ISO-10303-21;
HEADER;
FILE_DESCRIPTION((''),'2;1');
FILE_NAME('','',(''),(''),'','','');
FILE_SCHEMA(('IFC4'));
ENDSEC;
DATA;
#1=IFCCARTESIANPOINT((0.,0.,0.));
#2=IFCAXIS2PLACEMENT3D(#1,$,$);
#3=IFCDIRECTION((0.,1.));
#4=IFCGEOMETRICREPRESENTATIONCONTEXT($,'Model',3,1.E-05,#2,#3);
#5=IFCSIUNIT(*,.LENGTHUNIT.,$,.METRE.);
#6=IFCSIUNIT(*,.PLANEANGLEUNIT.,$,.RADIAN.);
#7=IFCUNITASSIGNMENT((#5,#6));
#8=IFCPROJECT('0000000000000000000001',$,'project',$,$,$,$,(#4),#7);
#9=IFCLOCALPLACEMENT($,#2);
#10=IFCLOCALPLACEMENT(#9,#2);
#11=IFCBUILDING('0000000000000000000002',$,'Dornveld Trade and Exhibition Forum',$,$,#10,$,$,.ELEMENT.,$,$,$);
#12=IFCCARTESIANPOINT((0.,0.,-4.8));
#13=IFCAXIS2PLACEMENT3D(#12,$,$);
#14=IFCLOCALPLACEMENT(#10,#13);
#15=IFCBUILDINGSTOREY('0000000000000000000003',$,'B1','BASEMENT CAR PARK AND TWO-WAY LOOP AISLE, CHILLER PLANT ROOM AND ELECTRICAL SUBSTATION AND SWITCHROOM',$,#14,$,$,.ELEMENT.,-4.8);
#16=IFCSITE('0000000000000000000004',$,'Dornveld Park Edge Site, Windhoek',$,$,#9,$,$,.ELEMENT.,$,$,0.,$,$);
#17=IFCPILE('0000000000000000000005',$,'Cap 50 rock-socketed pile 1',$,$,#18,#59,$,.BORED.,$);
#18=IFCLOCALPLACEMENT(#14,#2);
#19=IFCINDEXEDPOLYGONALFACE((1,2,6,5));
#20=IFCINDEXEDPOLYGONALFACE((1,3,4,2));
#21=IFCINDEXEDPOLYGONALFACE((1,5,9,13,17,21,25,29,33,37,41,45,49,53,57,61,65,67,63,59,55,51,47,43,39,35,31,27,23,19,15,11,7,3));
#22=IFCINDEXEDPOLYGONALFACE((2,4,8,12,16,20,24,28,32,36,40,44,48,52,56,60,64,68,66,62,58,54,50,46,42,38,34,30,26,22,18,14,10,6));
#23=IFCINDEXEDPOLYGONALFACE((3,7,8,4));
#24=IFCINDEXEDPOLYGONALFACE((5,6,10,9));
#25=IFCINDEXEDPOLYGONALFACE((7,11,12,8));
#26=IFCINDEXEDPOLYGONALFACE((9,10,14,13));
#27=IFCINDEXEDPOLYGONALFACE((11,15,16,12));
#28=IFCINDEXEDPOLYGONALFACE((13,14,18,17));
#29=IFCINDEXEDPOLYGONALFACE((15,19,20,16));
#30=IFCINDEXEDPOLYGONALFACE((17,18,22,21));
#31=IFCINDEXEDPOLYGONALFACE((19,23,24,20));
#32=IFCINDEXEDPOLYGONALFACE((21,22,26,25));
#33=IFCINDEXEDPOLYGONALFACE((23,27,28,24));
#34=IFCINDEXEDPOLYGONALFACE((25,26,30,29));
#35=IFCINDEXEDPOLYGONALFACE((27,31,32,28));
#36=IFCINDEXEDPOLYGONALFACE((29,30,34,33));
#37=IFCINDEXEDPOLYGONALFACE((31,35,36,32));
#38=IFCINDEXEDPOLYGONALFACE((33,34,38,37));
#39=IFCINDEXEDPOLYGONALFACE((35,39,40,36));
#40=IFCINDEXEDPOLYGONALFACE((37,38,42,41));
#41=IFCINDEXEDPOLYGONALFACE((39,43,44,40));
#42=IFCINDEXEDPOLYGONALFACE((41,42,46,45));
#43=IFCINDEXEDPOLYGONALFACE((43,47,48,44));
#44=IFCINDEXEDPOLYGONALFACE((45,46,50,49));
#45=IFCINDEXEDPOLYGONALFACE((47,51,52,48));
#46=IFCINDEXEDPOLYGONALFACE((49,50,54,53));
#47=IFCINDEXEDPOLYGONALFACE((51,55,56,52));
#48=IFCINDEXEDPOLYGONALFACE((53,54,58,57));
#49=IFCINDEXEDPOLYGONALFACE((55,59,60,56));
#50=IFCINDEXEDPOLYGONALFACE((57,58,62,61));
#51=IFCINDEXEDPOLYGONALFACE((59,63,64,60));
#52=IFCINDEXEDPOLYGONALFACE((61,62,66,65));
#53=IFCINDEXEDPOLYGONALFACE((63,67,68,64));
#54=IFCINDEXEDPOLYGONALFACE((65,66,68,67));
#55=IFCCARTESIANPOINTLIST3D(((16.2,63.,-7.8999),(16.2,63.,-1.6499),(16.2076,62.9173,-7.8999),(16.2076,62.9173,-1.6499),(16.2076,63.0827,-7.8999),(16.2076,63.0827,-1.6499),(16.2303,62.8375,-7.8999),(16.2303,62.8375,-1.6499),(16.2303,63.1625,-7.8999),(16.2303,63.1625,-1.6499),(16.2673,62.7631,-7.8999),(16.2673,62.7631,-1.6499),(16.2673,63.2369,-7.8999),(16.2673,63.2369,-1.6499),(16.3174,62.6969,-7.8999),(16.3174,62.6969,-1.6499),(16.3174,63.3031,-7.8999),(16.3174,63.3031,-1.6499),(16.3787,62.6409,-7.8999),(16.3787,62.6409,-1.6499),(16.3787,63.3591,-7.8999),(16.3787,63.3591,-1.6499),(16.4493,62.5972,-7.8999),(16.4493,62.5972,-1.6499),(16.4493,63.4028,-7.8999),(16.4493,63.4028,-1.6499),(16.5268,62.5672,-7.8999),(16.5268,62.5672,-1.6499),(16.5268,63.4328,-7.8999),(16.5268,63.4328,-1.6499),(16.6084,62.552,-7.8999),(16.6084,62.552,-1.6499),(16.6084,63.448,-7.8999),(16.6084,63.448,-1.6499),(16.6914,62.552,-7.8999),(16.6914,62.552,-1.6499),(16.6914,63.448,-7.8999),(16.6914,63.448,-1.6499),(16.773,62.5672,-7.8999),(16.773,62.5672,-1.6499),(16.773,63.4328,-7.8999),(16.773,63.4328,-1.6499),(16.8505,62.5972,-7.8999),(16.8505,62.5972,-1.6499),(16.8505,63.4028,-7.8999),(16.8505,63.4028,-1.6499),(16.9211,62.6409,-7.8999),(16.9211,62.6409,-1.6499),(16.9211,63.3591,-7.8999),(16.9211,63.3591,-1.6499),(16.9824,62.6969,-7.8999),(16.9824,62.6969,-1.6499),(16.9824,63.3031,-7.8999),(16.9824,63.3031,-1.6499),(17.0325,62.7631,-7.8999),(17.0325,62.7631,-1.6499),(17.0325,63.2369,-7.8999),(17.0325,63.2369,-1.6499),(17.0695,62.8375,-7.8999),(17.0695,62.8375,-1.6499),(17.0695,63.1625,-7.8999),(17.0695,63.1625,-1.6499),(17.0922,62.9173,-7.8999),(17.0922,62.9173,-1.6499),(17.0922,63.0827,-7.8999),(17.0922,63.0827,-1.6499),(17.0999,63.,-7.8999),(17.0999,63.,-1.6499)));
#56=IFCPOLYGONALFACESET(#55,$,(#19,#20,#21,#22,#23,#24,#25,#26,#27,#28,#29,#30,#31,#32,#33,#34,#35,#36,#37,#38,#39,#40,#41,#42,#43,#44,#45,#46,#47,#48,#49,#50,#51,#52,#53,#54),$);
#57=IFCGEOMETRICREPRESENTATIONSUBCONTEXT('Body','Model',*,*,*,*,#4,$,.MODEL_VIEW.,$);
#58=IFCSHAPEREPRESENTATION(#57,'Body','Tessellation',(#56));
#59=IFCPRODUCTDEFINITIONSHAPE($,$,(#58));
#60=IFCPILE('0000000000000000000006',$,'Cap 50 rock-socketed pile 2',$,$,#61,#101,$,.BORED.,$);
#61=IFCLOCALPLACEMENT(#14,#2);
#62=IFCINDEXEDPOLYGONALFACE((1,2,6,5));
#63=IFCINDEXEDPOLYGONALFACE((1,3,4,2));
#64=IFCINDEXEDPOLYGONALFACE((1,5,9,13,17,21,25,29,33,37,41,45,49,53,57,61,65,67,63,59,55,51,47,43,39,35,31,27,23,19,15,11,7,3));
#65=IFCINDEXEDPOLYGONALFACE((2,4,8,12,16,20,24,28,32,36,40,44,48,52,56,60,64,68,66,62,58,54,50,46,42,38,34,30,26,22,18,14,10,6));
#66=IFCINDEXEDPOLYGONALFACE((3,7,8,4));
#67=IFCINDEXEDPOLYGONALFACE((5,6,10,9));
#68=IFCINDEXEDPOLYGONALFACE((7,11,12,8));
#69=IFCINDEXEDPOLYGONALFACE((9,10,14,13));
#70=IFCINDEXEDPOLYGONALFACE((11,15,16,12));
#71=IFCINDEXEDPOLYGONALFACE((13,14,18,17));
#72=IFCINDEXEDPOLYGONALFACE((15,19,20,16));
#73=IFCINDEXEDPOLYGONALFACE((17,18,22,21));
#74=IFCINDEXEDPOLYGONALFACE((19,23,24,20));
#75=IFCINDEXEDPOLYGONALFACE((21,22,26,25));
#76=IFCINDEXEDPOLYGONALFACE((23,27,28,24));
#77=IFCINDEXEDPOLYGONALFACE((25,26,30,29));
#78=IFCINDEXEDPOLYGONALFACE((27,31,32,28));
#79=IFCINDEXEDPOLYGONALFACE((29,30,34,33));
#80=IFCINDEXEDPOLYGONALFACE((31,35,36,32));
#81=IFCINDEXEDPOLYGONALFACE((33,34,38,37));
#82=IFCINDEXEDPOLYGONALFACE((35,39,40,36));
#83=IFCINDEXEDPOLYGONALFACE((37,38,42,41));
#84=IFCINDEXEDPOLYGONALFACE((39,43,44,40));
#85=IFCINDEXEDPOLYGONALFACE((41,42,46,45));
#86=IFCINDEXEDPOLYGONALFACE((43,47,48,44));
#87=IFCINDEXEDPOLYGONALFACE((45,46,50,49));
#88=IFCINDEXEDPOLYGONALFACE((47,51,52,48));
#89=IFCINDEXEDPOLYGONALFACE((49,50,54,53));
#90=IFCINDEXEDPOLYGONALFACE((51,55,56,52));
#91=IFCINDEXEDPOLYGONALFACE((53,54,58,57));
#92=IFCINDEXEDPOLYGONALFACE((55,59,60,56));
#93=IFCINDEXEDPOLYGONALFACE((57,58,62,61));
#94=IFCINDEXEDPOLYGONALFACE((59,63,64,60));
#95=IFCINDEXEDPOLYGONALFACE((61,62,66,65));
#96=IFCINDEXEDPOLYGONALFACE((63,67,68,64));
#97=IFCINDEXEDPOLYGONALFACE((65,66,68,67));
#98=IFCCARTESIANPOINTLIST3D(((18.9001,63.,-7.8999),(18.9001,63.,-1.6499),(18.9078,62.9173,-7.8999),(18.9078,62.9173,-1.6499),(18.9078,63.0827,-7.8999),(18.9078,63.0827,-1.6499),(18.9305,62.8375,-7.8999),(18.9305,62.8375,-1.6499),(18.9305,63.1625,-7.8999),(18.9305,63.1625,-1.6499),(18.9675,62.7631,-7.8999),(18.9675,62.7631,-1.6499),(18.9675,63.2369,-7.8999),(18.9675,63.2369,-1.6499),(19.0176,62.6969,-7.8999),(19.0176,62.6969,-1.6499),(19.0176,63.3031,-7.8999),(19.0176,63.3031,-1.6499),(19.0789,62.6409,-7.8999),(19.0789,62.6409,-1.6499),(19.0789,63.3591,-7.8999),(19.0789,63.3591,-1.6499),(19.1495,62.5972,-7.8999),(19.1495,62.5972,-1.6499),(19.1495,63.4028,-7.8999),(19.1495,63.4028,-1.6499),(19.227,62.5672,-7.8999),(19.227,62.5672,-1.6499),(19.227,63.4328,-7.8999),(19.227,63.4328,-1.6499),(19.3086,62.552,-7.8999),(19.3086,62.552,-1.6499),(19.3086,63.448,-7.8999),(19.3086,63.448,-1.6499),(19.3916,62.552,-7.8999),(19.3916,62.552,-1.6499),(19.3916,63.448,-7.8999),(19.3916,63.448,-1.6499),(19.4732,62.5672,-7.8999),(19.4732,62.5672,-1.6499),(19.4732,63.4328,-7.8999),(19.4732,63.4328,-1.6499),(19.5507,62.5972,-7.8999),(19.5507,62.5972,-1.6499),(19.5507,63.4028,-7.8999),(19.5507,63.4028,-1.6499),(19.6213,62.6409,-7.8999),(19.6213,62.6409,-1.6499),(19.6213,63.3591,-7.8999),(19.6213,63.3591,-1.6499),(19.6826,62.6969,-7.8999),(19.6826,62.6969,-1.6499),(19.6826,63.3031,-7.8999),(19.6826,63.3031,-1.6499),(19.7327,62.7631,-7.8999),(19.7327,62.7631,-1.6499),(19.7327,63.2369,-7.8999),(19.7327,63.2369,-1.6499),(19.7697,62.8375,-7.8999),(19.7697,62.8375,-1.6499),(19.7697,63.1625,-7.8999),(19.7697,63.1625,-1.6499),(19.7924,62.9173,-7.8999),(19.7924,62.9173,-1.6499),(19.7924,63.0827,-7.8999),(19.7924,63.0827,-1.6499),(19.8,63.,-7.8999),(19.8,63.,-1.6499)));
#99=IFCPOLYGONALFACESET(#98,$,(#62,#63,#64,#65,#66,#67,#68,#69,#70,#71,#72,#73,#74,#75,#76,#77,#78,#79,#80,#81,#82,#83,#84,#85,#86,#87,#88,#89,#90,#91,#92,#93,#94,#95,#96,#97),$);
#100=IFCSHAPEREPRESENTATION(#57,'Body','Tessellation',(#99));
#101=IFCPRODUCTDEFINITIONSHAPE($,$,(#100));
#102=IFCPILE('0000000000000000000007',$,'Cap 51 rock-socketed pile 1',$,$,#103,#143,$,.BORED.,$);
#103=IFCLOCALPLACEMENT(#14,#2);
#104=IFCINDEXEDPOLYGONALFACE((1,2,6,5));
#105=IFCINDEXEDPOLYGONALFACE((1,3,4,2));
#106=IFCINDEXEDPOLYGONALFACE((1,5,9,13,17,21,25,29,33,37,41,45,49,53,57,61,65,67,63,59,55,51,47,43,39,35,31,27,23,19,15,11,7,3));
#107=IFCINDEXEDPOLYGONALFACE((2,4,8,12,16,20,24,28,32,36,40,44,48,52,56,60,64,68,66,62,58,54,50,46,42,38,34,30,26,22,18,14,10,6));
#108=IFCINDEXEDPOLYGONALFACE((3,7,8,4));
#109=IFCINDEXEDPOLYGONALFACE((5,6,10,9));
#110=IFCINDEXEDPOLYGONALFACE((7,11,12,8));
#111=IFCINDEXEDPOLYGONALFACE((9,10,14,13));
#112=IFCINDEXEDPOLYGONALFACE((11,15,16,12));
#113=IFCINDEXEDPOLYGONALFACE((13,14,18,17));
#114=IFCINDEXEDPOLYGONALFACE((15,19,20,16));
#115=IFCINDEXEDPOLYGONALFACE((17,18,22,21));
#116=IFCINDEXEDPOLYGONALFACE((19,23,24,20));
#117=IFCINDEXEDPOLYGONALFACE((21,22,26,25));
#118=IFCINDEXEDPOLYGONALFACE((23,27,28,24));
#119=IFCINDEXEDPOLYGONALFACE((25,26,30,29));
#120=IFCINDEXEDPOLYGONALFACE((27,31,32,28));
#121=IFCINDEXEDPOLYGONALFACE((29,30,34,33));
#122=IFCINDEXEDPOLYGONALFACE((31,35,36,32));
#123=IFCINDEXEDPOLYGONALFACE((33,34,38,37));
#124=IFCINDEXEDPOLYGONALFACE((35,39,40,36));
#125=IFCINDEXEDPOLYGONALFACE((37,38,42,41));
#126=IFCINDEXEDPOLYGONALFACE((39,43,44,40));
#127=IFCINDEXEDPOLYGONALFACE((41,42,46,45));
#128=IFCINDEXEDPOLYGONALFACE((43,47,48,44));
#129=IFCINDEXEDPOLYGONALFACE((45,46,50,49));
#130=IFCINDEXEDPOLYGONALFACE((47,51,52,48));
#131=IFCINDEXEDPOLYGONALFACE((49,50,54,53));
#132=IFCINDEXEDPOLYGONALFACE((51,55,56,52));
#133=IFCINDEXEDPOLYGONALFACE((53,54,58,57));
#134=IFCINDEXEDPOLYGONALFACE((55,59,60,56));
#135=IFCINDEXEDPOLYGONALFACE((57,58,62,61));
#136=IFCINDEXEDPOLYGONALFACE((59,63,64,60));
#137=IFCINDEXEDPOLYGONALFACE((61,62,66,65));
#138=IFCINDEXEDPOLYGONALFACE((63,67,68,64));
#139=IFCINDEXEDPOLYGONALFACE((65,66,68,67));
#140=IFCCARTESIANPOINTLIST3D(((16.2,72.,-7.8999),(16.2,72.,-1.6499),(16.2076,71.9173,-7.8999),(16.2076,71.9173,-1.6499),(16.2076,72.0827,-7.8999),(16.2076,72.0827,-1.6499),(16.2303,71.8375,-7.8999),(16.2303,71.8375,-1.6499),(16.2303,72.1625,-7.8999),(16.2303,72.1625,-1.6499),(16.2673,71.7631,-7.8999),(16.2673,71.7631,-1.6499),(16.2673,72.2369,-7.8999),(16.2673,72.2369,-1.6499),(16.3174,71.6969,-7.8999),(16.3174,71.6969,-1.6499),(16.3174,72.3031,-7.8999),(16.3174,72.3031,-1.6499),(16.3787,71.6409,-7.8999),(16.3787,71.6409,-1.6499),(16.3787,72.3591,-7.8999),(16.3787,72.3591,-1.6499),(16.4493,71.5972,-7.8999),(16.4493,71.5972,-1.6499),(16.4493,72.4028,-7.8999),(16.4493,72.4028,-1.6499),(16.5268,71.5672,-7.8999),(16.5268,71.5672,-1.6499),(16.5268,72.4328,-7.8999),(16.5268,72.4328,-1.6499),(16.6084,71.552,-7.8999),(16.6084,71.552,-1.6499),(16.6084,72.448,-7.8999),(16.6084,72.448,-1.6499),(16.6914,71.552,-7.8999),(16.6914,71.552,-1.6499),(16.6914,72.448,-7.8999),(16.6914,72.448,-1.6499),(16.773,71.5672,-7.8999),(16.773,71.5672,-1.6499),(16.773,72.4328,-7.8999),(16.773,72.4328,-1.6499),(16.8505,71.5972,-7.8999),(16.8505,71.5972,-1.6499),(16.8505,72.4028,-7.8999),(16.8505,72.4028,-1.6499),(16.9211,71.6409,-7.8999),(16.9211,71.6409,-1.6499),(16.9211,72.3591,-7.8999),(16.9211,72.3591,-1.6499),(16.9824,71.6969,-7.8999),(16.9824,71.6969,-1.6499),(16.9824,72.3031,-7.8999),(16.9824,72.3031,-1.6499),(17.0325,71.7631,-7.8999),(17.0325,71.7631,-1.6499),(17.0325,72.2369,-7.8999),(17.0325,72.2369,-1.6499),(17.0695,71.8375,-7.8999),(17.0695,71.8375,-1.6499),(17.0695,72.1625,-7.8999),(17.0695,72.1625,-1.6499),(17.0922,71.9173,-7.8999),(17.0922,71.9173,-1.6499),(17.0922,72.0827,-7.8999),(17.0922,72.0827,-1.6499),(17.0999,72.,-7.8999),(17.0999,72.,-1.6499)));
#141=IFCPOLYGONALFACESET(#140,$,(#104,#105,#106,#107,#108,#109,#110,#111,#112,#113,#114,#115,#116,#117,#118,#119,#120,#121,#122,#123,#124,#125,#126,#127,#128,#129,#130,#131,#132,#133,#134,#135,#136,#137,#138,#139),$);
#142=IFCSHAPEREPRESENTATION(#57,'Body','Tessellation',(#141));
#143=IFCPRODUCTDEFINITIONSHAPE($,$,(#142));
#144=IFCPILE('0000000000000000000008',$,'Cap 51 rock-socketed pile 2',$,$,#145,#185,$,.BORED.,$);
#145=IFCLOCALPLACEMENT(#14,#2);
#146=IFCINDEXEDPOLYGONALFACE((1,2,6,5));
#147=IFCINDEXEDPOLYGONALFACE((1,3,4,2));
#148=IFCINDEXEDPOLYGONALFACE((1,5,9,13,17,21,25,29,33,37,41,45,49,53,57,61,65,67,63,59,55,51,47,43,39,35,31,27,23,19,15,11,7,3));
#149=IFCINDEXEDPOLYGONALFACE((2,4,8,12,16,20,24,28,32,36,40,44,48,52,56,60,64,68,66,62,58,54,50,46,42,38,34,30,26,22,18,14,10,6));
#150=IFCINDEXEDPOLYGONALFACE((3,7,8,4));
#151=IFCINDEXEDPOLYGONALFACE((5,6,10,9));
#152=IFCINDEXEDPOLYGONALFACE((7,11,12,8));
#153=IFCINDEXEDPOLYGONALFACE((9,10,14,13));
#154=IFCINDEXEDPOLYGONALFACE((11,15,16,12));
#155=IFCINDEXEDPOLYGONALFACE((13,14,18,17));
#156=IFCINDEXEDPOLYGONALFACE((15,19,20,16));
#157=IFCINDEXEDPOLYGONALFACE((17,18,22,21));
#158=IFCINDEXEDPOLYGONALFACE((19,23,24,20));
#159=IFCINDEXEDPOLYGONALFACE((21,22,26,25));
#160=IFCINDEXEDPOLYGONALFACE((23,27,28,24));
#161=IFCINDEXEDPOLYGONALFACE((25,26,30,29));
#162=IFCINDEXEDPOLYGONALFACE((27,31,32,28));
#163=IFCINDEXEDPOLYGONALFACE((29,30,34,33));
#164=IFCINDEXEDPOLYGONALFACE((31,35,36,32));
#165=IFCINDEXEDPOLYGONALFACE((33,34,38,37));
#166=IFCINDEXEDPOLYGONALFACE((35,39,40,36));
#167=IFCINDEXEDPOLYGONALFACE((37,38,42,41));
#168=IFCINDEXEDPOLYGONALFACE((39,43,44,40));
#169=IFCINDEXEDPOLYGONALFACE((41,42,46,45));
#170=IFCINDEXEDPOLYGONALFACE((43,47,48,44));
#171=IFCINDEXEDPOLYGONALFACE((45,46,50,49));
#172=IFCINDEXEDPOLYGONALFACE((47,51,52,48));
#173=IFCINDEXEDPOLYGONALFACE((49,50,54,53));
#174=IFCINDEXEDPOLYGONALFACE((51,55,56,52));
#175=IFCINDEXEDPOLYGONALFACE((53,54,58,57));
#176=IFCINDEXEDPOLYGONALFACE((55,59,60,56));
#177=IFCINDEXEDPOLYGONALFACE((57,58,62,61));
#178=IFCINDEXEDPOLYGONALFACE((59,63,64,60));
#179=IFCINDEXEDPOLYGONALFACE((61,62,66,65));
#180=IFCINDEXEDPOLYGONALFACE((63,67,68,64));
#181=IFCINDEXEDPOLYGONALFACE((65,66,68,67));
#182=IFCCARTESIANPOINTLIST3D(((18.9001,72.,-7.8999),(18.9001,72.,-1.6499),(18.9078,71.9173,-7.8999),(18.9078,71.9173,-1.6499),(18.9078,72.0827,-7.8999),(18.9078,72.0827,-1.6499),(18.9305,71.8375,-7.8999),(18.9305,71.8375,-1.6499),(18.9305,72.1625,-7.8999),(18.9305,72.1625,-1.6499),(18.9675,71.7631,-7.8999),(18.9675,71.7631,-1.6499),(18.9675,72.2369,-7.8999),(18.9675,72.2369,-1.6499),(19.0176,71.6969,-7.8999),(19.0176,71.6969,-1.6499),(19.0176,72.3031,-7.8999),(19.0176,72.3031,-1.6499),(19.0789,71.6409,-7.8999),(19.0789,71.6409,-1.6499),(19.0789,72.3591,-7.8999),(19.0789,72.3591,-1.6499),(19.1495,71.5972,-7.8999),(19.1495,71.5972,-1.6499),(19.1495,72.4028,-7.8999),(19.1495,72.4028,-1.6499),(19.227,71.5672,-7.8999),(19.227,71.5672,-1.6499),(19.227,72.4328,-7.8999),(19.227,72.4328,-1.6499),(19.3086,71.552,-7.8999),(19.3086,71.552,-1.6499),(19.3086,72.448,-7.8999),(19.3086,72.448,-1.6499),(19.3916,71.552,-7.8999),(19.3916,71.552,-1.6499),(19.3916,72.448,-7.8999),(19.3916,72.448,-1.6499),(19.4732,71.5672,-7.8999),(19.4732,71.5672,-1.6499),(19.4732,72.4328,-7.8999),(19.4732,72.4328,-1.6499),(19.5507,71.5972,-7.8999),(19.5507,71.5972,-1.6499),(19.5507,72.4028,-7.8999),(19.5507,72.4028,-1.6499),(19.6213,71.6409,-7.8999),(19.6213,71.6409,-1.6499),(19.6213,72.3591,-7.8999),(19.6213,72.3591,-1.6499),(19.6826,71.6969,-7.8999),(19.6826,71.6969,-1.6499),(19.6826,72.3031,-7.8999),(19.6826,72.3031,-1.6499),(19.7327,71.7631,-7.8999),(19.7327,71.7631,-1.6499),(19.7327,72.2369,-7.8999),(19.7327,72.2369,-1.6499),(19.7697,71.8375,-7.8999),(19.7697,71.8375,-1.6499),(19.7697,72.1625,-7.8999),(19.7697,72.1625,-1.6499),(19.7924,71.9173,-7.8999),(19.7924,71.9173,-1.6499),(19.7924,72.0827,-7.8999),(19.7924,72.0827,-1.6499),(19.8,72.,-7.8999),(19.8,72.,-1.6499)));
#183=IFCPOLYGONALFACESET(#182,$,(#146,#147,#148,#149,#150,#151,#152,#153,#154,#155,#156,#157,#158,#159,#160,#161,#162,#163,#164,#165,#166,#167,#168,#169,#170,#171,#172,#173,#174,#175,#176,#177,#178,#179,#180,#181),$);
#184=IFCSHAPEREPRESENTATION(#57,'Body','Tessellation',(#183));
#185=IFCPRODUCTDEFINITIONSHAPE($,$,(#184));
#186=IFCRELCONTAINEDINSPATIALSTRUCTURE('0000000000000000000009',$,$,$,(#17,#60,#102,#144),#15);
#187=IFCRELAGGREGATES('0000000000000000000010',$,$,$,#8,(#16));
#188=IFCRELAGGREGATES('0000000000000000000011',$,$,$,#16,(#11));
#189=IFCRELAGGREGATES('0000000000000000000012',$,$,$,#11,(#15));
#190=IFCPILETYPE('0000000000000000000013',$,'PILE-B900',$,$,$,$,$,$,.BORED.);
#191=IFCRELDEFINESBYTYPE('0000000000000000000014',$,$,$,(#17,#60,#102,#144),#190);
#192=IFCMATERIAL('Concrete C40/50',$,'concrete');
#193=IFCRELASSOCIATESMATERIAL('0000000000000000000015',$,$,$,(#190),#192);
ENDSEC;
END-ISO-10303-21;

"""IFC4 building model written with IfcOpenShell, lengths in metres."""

from ifc_helpers import new_model, si_unit, direction, frame, origin, origin_2d, place, context, subcontext, project, spatial, circle, extrude, material, material_profile, profile_set, type_object, element, save


model = new_model("IFC4")

# Units and contexts
model_context = context("Model", 3, precision=1e-05, world=origin(), true_north=direction((0.0, 1.0)))
body_context = subcontext(model_context, "Body", "Model", "MODEL_VIEW")
ifc_project = project(units=[si_unit("LENGTHUNIT", "METRE"), si_unit("PLANEANGLEUNIT", "RADIAN")], contexts=[model_context])

# Site, building, storey
site_placement = place(None, origin())
site = spatial("IfcSite", under=ifc_project, at=site_placement, Name="Dornveld Park Edge Site, Windhoek", CompositionType="ELEMENT", RefElevation=0.0)
building_placement = place(site_placement, origin())
building = spatial("IfcBuilding", under=site, at=building_placement, Name="Dornveld Trade and Exhibition Forum", CompositionType="ELEMENT")
storey_placement = place(building_placement, frame((0.0, 0.0, -4.8)))
storey = spatial("IfcBuildingStorey", under=building, at=storey_placement, Name="B1", Description="BASEMENT CAR PARK AND TWO-WAY LOOP AISLE, CHILLER PLANT ROOM AND ELECTRICAL SUBSTATION AND SWITCHROOM", CompositionType="ELEMENT", Elevation=-4.8)

# Piles
ifc_material_1 = material(Name="Concrete C40/50", Category="concrete")
ifc_material_profile_1 = material_profile(ifc_material_1, circle(Radius=0.45, at=origin_2d()), Name="PILE D900")
ifc_profile_set_1 = profile_set([ifc_material_profile_1], Name="Concrete C40/50")
pile_type = type_object("IfcPileType", Name="PILE-B900", PredefinedType="BORED", material=ifc_profile_set_1)
for number, where, z_axis, x_axis, name in (
    (1, (16.6499, 63.0, -1.6499), (0.0, 0.0, -1.0), (1.0, 0.0, 0.0), "Cap 50 rock-socketed pile 1"),
    (2, (19.3501, 63.0, -1.6499), (0.0, 0.0, -1.0), (1.0, 0.0, 0.0), "Cap 50 rock-socketed pile 2"),
    (3, (16.6499, 72.0, -1.6499), (0.0, 0.0, -1.0), (1.0, 0.0, 0.0), "Cap 51 rock-socketed pile 1"),
    (4, (19.3501, 72.0, -1.6499), (0.0, 0.0, -1.0), (1.0, 0.0, 0.0), "Cap 51 rock-socketed pile 2"),
):
    element("IfcPile", number, at=place(storey_placement, frame(where, z_axis=z_axis, x_axis=x_axis)), inside=storey, type_object=pile_type, Name=name, PredefinedType="BORED", context=body_context, shape_type="SweptSolid", body=[
        extrude(circle(Radius=0.45, at=origin_2d()), origin(), (0.0, 0.0, 1.0), 6.25),
    ])

save(model, "model.ifc")
